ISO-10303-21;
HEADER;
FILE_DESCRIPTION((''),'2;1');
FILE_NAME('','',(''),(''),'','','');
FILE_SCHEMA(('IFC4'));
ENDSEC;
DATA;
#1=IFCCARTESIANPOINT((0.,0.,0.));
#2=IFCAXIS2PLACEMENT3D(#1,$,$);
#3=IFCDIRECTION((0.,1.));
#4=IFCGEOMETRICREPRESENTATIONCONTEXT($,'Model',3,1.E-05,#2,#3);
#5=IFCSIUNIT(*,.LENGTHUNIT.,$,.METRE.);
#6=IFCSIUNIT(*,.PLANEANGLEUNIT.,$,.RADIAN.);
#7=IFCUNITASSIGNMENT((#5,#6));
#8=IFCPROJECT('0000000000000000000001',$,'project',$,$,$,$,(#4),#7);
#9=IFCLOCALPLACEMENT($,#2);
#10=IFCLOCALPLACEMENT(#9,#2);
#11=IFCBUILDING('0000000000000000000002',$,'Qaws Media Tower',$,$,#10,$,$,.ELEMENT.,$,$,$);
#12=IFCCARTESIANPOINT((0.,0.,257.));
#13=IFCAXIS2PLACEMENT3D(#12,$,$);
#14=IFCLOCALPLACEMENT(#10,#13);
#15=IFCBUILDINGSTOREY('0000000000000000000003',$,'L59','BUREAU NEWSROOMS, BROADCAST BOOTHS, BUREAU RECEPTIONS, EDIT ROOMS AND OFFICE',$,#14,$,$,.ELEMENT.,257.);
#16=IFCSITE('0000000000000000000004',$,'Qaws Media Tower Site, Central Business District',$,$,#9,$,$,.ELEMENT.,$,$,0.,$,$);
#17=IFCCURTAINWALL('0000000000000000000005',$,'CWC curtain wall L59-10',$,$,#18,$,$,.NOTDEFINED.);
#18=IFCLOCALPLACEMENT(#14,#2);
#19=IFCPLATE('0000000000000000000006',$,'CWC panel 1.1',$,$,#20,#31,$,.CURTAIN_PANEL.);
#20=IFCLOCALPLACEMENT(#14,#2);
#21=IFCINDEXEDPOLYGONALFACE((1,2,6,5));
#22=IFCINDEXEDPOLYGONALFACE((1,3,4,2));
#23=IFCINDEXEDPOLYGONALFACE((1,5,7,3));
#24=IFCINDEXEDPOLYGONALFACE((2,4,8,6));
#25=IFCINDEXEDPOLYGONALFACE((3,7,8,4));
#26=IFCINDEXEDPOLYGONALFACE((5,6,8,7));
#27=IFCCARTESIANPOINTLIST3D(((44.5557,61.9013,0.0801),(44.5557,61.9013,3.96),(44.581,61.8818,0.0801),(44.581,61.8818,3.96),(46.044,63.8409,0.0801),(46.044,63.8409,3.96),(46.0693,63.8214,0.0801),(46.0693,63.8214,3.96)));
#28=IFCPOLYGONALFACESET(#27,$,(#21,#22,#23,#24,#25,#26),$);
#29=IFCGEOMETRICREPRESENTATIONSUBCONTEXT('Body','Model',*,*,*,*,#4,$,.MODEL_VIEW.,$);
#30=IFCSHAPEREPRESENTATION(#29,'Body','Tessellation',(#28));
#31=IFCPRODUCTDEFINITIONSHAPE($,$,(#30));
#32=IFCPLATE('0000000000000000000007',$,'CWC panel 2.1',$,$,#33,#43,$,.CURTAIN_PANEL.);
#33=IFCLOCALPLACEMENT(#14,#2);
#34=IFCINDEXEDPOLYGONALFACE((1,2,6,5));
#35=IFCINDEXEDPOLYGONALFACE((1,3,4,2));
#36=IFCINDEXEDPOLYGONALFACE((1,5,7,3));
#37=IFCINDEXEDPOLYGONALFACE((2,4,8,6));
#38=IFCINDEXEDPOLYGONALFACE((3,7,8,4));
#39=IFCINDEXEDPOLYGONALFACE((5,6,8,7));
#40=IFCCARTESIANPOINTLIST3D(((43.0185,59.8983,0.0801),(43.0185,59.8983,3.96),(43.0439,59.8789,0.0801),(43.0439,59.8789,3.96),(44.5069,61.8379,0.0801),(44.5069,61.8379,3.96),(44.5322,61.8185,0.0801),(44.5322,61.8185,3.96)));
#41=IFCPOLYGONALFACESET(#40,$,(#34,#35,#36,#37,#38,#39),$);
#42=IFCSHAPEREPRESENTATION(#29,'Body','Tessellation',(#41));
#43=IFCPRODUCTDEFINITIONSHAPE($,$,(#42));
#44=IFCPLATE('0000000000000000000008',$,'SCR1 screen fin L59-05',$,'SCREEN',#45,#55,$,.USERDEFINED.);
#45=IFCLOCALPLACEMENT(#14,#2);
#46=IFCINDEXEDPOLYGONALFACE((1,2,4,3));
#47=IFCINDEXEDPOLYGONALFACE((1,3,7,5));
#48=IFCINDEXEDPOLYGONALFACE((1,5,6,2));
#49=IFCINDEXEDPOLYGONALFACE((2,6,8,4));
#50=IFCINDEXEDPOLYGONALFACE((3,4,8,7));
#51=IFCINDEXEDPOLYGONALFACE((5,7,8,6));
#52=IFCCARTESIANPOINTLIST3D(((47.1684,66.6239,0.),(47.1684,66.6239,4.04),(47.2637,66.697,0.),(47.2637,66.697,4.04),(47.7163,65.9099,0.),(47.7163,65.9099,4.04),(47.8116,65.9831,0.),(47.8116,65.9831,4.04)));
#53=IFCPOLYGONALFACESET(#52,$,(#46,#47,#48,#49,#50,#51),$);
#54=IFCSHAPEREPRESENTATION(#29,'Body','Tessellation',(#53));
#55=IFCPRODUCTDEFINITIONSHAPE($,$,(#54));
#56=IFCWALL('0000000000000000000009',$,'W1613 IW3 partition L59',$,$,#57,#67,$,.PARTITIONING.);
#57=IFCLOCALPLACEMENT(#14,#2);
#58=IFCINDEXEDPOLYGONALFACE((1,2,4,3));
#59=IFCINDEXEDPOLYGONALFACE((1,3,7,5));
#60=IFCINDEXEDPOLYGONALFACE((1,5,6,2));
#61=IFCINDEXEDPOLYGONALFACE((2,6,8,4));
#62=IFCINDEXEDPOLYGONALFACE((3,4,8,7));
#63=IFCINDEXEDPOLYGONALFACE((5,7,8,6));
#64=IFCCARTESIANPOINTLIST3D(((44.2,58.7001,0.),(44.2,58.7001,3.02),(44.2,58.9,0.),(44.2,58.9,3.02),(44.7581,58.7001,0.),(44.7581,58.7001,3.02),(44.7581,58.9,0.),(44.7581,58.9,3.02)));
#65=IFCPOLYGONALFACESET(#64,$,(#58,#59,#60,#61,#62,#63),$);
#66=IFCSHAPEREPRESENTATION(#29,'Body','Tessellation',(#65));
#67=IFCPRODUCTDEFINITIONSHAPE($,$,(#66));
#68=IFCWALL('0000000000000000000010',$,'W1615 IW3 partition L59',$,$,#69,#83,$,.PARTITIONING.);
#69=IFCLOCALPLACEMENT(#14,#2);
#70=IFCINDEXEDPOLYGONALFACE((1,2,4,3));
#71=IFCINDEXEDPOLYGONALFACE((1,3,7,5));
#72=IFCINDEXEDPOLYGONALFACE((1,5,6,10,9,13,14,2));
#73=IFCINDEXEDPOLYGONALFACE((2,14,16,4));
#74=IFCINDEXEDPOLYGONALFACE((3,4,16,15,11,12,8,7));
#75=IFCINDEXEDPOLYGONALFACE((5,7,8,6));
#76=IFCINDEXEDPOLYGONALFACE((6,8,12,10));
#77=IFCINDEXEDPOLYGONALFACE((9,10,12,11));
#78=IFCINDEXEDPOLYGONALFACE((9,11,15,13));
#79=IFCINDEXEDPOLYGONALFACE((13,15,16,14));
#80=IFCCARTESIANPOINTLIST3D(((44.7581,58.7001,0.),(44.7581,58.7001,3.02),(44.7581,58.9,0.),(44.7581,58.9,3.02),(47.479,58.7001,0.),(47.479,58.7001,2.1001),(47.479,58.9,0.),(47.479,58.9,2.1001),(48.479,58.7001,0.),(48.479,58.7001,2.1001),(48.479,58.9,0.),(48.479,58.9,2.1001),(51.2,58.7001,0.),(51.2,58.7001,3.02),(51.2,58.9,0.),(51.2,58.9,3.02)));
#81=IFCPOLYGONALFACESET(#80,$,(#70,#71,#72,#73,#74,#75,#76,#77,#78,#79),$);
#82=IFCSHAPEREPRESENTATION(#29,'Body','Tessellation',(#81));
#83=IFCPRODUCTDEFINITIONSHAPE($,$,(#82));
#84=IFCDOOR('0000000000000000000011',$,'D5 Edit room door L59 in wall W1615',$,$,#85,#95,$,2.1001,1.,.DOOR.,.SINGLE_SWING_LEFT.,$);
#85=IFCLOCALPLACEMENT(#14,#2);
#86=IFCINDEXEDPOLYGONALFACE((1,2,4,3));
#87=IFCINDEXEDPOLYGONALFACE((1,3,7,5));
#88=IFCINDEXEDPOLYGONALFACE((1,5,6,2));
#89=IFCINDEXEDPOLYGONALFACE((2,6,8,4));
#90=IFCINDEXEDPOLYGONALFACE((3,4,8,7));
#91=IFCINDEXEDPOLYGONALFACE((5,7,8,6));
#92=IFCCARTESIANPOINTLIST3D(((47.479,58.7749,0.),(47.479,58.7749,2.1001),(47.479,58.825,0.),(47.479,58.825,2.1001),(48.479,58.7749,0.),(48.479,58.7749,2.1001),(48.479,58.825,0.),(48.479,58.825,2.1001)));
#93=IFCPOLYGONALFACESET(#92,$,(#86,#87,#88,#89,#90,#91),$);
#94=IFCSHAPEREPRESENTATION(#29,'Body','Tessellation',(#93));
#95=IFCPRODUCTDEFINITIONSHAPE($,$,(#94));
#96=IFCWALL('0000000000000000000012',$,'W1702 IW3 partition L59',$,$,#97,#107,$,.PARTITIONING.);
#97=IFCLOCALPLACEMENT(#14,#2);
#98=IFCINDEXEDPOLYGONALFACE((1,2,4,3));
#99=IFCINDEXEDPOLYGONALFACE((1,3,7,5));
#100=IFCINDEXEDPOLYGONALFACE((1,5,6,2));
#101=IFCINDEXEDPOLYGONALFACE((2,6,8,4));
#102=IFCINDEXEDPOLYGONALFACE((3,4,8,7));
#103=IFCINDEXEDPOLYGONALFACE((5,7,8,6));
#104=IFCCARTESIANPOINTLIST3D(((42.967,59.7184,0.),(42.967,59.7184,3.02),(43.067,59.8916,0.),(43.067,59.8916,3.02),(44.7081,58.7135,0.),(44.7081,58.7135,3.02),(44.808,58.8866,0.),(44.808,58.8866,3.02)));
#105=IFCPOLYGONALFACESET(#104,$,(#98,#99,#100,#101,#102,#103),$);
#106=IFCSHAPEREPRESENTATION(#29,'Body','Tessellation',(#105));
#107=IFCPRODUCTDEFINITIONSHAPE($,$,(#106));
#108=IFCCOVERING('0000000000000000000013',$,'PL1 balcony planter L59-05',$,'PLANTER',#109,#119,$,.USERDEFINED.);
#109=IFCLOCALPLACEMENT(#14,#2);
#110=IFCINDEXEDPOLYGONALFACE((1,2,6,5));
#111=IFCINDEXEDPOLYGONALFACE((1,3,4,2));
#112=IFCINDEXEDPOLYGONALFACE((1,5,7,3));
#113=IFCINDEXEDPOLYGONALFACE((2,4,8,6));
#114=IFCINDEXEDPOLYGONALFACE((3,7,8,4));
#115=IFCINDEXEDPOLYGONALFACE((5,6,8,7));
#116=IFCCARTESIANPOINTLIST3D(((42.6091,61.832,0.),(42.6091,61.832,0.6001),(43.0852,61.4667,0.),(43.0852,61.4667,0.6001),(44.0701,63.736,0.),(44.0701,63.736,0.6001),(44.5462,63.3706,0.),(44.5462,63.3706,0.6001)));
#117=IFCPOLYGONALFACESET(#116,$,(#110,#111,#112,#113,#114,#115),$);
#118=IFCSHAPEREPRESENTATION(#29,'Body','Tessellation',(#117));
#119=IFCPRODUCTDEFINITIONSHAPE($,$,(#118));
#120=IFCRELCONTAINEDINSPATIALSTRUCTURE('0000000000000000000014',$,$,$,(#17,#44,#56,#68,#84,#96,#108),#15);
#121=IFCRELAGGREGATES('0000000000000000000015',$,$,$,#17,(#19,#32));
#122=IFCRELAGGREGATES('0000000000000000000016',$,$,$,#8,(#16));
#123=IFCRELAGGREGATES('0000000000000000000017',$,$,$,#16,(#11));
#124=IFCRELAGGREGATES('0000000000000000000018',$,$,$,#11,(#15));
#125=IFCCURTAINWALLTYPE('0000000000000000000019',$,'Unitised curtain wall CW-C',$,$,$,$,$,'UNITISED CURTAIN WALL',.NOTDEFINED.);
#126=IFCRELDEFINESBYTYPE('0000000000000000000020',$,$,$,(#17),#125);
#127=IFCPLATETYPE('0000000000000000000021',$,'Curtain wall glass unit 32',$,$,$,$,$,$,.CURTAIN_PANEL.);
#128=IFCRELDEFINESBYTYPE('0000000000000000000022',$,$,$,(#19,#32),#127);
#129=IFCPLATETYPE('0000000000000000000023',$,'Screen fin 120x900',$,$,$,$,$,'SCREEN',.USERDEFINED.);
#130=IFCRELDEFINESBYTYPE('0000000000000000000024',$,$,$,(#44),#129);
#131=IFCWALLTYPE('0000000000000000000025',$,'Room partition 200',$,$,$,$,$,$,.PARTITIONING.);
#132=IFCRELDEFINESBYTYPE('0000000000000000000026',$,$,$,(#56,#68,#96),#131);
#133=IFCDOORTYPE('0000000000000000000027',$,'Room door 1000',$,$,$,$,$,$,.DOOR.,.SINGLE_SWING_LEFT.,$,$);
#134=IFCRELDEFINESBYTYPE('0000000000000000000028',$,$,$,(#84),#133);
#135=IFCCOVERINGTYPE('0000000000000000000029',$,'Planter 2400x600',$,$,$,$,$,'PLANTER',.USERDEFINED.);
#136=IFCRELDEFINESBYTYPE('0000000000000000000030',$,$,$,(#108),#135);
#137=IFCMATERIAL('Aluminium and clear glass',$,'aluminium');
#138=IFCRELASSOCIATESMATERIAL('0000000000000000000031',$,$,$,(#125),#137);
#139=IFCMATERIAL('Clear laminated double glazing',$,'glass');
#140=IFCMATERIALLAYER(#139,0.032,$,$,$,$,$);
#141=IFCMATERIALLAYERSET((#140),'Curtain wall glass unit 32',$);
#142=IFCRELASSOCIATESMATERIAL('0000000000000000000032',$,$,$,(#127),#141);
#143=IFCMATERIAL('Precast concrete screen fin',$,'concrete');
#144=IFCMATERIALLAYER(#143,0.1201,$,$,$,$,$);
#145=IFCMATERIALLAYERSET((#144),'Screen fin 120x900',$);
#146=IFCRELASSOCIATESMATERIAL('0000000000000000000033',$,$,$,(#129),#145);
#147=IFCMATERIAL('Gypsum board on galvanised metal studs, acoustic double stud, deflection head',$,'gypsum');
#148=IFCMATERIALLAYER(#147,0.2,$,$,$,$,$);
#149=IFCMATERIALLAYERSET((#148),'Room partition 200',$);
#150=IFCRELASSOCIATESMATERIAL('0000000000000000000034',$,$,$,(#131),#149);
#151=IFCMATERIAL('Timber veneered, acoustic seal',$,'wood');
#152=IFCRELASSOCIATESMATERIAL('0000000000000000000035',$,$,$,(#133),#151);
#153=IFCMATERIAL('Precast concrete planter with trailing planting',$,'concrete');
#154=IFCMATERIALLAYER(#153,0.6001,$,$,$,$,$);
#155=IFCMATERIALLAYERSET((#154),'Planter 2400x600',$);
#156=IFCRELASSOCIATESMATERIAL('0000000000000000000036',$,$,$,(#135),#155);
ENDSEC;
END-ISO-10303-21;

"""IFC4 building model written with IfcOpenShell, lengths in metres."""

from ifc_helpers import new_model, si_unit, direction, frame, frame_2d, origin, origin_2d, place, context, subcontext, project, spatial, rectangle, extrude, material, layer, layer_set, type_object, element, fill, aggregate, save


model = new_model("IFC4")

# Units and contexts
model_context = context("Model", 3, precision=1e-05, world=origin(), true_north=direction((0.0, 1.0)))
body_context = subcontext(model_context, "Body", "Model", "MODEL_VIEW")
ifc_project = project(units=[si_unit("LENGTHUNIT", "METRE"), si_unit("PLANEANGLEUNIT", "RADIAN")], contexts=[model_context])

# Site, building, storey
site_placement = place(None, origin())
site = spatial("IfcSite", under=ifc_project, at=site_placement, Name="Qaws Media Tower Site, Central Business District", CompositionType="ELEMENT", RefElevation=0.0)
building_placement = place(site_placement, origin())
building = spatial("IfcBuilding", under=site, at=building_placement, Name="Qaws Media Tower", CompositionType="ELEMENT")
storey_placement = place(building_placement, frame((0.0, 0.0, 257.0)))
storey = spatial("IfcBuildingStorey", under=building, at=storey_placement, Name="L59", Description="BUREAU NEWSROOMS, BROADCAST BOOTHS, BUREAU RECEPTIONS, EDIT ROOMS AND OFFICE", CompositionType="ELEMENT", Elevation=257.0)

# Shared definitions
ifc_material_1 = material(Name="Aluminium and clear glass", Category="aluminium")
curtain_wall_type = type_object("IfcCurtainWallType", Name="Unitised curtain wall CW-C", ElementType="UNITISED CURTAIN WALL", PredefinedType="NOTDEFINED", material=ifc_material_1)

# Curtain wall
curtain_wall_1_placement = place(storey_placement, origin())
curtain_wall_1 = element("IfcCurtainWall", 1, at=curtain_wall_1_placement, inside=storey, type_object=curtain_wall_type, Name="CWC curtain wall L59-10", PredefinedType="NOTDEFINED")

# Plates
ifc_material_2 = material(Name="Clear laminated double glazing", Category="glass")
ifc_layer_1 = layer(ifc_material_2, 0.032)
ifc_layer_set_1 = layer_set([ifc_layer_1], Name="Curtain wall glass unit 32")
plate_type_1 = type_object("IfcPlateType", Name="Curtain wall glass unit 32", PredefinedType="CURTAIN_PANEL", material=ifc_layer_set_1)
plate_1_placement = place(storey_placement, frame((45.3125, 62.8613, 0.0801), z_axis=(0.0, 0.0, 1.0), x_axis=(-0.608761, -0.793353, 0.0)))
plate_1 = element("IfcPlate", 2, at=plate_1_placement, type_object=plate_type_1, Name="CWC panel 1.1", PredefinedType="CURTAIN_PANEL", context=body_context, shape_type="SweptSolid", body=[
    extrude(rectangle(XDim=2.4448, YDim=0.032, at=origin_2d()), origin(), (0.0, 0.0, 1.0), 3.8799),
])
plate_2_placement = place(storey_placement, frame((43.7754, 60.8584, 0.0801), z_axis=(0.0, 0.0, 1.0), x_axis=(-0.608761, -0.793353, 0.0)))
plate_2 = element("IfcPlate", 3, at=plate_2_placement, type_object=plate_type_1, Name="CWC panel 2.1", PredefinedType="CURTAIN_PANEL", context=body_context, shape_type="SweptSolid", body=[
    extrude(rectangle(XDim=2.4448, YDim=0.032, at=origin_2d()), origin(), (0.0, 0.0, 1.0), 3.8799),
])
aggregate(curtain_wall_1, [plate_1, plate_2])
ifc_material_3 = material(Name="Precast concrete screen fin", Category="concrete")
ifc_layer_2 = layer(ifc_material_3, 0.1201)
ifc_layer_set_2 = layer_set([ifc_layer_2], Name="Screen fin 120x900")
plate_type_2 = type_object("IfcPlateType", Name="Screen fin 120x900", ElementType="SCREEN", PredefinedType="USERDEFINED", material=ifc_layer_set_2)
plate_3_placement = place(storey_placement, frame((47.49, 66.3035, 0.0), z_axis=(0.0, 0.0, 1.0), x_axis=(-0.608761, 0.793353, 0.0)))
element("IfcPlate", 4, at=plate_3_placement, inside=storey, type_object=plate_type_2, Name="SCR1 screen fin L59-05", ObjectType="SCREEN", PredefinedType="USERDEFINED", context=body_context, shape_type="SweptSolid", body=[
    extrude(rectangle(XDim=0.8999, YDim=0.1201, at=origin_2d()), origin(), (0.0, 0.0, 1.0), 4.04),
])

# Wall
ifc_material_4 = material(Name="Gypsum board on galvanised metal studs, acoustic double stud, deflection head", Category="gypsum")
ifc_layer_3 = layer(ifc_material_4, 0.2)
ifc_layer_set_3 = layer_set([ifc_layer_3], Name="Room partition 200")
wall_type = type_object("IfcWallType", Name="Room partition 200", PredefinedType="PARTITIONING", material=ifc_layer_set_3)
wall_1_placement = place(storey_placement, frame((44.2, 58.8, 0.0), z_axis=(0.0, 0.0, 1.0), x_axis=(1.0, 0.0, 0.0)))
element("IfcWall", 5, at=wall_1_placement, inside=storey, type_object=wall_type, Name="W1613 IW3 partition L59", PredefinedType="PARTITIONING", context=body_context, shape_type="SweptSolid", body=[
    extrude(rectangle(XDim=0.5581, YDim=0.2, at=frame_2d((0.2791, 0.0))), origin(), (0.0, 0.0, 1.0), 3.02),
])

# Wall, opening, door
wall_2_placement = place(storey_placement, frame((44.7581, 58.8, 0.0), z_axis=(0.0, 0.0, 1.0), x_axis=(1.0, 0.0, 0.0)))
wall_2 = element("IfcWall", 6, at=wall_2_placement, inside=storey, type_object=wall_type, Name="W1615 IW3 partition L59", PredefinedType="PARTITIONING", context=body_context, shape_type="SweptSolid", body=[
    extrude(rectangle(XDim=6.4419, YDim=0.2, at=frame_2d((3.2209, 0.0))), origin(), (0.0, 0.0, 1.0), 3.02),
])
opening_placement = place(wall_2_placement, frame((2.7209, 0.0, 0.0)))
opening = element("IfcOpeningElement", 7, at=opening_placement, cuts=wall_2, PredefinedType="OPENING", context=body_context, shape_type="SweptSolid", body=[
    extrude(rectangle(XDim=1.0, YDim=2.1001, at=frame_2d((0.5, 1.05))), frame((0.0, 0.1099, 0.0), z_axis=(0.0, -1.0, 0.0), x_axis=(1.0, 0.0, 0.0)), (0.0, 0.0, 1.0), 0.22),
])
ifc_material_5 = material(Name="Timber veneered, acoustic seal", Category="wood")
door_type = type_object("IfcDoorType", Name="Room door 1000", OperationType="SINGLE_SWING_LEFT", PredefinedType="DOOR", material=ifc_material_5)
door_placement = place(opening_placement, origin())
door = element("IfcDoor", 8, at=door_placement, inside=storey, type_object=door_type, Name="D5 Edit room door L59 in wall W1615", OperationType="SINGLE_SWING_LEFT", OverallHeight=2.1001, OverallWidth=1.0, PredefinedType="DOOR", context=body_context, shape_type="SweptSolid", body=[
    extrude(rectangle(XDim=1.0, YDim=2.1001, at=frame_2d((0.5, 1.05))), frame((0.0, 0.0249, 0.0), z_axis=(0.0, -1.0, 0.0), x_axis=(1.0, 0.0, 0.0)), (0.0, 0.0, 1.0), 0.05),
])
fill(opening, door)

# Wall
wall_3_placement = place(storey_placement, frame((44.7581, 58.8, 0.0), z_axis=(0.0, 0.0, 1.0), x_axis=(-0.866082, 0.499901, 0.0)))
element("IfcWall", 9, at=wall_3_placement, inside=storey, type_object=wall_type, Name="W1702 IW3 partition L59", PredefinedType="PARTITIONING", context=body_context, shape_type="SweptSolid", body=[
    extrude(rectangle(XDim=2.0103, YDim=0.2, at=frame_2d((1.0051, 0.0))), origin(), (0.0, 0.0, 1.0), 3.02),
])

# Covering
ifc_material_6 = material(Name="Precast concrete planter with trailing planting", Category="concrete")
ifc_layer_4 = layer(ifc_material_6, 0.6001)
ifc_layer_set_4 = layer_set([ifc_layer_4], Name="Planter 2400x600")
covering_type = type_object("IfcCoveringType", Name="Planter 2400x600", ElementType="PLANTER", PredefinedType="USERDEFINED", material=ifc_layer_set_4)
covering_placement = place(storey_placement, frame((43.5776, 62.6013, 0.0), z_axis=(0.0, 0.0, 1.0), x_axis=(-0.608761, -0.793353, 0.0)))
element("IfcCovering", 10, at=covering_placement, inside=storey, type_object=covering_type, Name="PL1 balcony planter L59-05", ObjectType="PLANTER", PredefinedType="USERDEFINED", context=body_context, shape_type="SweptSolid", body=[
    extrude(rectangle(XDim=2.3999, YDim=0.6001, at=origin_2d()), origin(), (0.0, 0.0, 1.0), 0.6001),
])

save(model, "model.ifc")
